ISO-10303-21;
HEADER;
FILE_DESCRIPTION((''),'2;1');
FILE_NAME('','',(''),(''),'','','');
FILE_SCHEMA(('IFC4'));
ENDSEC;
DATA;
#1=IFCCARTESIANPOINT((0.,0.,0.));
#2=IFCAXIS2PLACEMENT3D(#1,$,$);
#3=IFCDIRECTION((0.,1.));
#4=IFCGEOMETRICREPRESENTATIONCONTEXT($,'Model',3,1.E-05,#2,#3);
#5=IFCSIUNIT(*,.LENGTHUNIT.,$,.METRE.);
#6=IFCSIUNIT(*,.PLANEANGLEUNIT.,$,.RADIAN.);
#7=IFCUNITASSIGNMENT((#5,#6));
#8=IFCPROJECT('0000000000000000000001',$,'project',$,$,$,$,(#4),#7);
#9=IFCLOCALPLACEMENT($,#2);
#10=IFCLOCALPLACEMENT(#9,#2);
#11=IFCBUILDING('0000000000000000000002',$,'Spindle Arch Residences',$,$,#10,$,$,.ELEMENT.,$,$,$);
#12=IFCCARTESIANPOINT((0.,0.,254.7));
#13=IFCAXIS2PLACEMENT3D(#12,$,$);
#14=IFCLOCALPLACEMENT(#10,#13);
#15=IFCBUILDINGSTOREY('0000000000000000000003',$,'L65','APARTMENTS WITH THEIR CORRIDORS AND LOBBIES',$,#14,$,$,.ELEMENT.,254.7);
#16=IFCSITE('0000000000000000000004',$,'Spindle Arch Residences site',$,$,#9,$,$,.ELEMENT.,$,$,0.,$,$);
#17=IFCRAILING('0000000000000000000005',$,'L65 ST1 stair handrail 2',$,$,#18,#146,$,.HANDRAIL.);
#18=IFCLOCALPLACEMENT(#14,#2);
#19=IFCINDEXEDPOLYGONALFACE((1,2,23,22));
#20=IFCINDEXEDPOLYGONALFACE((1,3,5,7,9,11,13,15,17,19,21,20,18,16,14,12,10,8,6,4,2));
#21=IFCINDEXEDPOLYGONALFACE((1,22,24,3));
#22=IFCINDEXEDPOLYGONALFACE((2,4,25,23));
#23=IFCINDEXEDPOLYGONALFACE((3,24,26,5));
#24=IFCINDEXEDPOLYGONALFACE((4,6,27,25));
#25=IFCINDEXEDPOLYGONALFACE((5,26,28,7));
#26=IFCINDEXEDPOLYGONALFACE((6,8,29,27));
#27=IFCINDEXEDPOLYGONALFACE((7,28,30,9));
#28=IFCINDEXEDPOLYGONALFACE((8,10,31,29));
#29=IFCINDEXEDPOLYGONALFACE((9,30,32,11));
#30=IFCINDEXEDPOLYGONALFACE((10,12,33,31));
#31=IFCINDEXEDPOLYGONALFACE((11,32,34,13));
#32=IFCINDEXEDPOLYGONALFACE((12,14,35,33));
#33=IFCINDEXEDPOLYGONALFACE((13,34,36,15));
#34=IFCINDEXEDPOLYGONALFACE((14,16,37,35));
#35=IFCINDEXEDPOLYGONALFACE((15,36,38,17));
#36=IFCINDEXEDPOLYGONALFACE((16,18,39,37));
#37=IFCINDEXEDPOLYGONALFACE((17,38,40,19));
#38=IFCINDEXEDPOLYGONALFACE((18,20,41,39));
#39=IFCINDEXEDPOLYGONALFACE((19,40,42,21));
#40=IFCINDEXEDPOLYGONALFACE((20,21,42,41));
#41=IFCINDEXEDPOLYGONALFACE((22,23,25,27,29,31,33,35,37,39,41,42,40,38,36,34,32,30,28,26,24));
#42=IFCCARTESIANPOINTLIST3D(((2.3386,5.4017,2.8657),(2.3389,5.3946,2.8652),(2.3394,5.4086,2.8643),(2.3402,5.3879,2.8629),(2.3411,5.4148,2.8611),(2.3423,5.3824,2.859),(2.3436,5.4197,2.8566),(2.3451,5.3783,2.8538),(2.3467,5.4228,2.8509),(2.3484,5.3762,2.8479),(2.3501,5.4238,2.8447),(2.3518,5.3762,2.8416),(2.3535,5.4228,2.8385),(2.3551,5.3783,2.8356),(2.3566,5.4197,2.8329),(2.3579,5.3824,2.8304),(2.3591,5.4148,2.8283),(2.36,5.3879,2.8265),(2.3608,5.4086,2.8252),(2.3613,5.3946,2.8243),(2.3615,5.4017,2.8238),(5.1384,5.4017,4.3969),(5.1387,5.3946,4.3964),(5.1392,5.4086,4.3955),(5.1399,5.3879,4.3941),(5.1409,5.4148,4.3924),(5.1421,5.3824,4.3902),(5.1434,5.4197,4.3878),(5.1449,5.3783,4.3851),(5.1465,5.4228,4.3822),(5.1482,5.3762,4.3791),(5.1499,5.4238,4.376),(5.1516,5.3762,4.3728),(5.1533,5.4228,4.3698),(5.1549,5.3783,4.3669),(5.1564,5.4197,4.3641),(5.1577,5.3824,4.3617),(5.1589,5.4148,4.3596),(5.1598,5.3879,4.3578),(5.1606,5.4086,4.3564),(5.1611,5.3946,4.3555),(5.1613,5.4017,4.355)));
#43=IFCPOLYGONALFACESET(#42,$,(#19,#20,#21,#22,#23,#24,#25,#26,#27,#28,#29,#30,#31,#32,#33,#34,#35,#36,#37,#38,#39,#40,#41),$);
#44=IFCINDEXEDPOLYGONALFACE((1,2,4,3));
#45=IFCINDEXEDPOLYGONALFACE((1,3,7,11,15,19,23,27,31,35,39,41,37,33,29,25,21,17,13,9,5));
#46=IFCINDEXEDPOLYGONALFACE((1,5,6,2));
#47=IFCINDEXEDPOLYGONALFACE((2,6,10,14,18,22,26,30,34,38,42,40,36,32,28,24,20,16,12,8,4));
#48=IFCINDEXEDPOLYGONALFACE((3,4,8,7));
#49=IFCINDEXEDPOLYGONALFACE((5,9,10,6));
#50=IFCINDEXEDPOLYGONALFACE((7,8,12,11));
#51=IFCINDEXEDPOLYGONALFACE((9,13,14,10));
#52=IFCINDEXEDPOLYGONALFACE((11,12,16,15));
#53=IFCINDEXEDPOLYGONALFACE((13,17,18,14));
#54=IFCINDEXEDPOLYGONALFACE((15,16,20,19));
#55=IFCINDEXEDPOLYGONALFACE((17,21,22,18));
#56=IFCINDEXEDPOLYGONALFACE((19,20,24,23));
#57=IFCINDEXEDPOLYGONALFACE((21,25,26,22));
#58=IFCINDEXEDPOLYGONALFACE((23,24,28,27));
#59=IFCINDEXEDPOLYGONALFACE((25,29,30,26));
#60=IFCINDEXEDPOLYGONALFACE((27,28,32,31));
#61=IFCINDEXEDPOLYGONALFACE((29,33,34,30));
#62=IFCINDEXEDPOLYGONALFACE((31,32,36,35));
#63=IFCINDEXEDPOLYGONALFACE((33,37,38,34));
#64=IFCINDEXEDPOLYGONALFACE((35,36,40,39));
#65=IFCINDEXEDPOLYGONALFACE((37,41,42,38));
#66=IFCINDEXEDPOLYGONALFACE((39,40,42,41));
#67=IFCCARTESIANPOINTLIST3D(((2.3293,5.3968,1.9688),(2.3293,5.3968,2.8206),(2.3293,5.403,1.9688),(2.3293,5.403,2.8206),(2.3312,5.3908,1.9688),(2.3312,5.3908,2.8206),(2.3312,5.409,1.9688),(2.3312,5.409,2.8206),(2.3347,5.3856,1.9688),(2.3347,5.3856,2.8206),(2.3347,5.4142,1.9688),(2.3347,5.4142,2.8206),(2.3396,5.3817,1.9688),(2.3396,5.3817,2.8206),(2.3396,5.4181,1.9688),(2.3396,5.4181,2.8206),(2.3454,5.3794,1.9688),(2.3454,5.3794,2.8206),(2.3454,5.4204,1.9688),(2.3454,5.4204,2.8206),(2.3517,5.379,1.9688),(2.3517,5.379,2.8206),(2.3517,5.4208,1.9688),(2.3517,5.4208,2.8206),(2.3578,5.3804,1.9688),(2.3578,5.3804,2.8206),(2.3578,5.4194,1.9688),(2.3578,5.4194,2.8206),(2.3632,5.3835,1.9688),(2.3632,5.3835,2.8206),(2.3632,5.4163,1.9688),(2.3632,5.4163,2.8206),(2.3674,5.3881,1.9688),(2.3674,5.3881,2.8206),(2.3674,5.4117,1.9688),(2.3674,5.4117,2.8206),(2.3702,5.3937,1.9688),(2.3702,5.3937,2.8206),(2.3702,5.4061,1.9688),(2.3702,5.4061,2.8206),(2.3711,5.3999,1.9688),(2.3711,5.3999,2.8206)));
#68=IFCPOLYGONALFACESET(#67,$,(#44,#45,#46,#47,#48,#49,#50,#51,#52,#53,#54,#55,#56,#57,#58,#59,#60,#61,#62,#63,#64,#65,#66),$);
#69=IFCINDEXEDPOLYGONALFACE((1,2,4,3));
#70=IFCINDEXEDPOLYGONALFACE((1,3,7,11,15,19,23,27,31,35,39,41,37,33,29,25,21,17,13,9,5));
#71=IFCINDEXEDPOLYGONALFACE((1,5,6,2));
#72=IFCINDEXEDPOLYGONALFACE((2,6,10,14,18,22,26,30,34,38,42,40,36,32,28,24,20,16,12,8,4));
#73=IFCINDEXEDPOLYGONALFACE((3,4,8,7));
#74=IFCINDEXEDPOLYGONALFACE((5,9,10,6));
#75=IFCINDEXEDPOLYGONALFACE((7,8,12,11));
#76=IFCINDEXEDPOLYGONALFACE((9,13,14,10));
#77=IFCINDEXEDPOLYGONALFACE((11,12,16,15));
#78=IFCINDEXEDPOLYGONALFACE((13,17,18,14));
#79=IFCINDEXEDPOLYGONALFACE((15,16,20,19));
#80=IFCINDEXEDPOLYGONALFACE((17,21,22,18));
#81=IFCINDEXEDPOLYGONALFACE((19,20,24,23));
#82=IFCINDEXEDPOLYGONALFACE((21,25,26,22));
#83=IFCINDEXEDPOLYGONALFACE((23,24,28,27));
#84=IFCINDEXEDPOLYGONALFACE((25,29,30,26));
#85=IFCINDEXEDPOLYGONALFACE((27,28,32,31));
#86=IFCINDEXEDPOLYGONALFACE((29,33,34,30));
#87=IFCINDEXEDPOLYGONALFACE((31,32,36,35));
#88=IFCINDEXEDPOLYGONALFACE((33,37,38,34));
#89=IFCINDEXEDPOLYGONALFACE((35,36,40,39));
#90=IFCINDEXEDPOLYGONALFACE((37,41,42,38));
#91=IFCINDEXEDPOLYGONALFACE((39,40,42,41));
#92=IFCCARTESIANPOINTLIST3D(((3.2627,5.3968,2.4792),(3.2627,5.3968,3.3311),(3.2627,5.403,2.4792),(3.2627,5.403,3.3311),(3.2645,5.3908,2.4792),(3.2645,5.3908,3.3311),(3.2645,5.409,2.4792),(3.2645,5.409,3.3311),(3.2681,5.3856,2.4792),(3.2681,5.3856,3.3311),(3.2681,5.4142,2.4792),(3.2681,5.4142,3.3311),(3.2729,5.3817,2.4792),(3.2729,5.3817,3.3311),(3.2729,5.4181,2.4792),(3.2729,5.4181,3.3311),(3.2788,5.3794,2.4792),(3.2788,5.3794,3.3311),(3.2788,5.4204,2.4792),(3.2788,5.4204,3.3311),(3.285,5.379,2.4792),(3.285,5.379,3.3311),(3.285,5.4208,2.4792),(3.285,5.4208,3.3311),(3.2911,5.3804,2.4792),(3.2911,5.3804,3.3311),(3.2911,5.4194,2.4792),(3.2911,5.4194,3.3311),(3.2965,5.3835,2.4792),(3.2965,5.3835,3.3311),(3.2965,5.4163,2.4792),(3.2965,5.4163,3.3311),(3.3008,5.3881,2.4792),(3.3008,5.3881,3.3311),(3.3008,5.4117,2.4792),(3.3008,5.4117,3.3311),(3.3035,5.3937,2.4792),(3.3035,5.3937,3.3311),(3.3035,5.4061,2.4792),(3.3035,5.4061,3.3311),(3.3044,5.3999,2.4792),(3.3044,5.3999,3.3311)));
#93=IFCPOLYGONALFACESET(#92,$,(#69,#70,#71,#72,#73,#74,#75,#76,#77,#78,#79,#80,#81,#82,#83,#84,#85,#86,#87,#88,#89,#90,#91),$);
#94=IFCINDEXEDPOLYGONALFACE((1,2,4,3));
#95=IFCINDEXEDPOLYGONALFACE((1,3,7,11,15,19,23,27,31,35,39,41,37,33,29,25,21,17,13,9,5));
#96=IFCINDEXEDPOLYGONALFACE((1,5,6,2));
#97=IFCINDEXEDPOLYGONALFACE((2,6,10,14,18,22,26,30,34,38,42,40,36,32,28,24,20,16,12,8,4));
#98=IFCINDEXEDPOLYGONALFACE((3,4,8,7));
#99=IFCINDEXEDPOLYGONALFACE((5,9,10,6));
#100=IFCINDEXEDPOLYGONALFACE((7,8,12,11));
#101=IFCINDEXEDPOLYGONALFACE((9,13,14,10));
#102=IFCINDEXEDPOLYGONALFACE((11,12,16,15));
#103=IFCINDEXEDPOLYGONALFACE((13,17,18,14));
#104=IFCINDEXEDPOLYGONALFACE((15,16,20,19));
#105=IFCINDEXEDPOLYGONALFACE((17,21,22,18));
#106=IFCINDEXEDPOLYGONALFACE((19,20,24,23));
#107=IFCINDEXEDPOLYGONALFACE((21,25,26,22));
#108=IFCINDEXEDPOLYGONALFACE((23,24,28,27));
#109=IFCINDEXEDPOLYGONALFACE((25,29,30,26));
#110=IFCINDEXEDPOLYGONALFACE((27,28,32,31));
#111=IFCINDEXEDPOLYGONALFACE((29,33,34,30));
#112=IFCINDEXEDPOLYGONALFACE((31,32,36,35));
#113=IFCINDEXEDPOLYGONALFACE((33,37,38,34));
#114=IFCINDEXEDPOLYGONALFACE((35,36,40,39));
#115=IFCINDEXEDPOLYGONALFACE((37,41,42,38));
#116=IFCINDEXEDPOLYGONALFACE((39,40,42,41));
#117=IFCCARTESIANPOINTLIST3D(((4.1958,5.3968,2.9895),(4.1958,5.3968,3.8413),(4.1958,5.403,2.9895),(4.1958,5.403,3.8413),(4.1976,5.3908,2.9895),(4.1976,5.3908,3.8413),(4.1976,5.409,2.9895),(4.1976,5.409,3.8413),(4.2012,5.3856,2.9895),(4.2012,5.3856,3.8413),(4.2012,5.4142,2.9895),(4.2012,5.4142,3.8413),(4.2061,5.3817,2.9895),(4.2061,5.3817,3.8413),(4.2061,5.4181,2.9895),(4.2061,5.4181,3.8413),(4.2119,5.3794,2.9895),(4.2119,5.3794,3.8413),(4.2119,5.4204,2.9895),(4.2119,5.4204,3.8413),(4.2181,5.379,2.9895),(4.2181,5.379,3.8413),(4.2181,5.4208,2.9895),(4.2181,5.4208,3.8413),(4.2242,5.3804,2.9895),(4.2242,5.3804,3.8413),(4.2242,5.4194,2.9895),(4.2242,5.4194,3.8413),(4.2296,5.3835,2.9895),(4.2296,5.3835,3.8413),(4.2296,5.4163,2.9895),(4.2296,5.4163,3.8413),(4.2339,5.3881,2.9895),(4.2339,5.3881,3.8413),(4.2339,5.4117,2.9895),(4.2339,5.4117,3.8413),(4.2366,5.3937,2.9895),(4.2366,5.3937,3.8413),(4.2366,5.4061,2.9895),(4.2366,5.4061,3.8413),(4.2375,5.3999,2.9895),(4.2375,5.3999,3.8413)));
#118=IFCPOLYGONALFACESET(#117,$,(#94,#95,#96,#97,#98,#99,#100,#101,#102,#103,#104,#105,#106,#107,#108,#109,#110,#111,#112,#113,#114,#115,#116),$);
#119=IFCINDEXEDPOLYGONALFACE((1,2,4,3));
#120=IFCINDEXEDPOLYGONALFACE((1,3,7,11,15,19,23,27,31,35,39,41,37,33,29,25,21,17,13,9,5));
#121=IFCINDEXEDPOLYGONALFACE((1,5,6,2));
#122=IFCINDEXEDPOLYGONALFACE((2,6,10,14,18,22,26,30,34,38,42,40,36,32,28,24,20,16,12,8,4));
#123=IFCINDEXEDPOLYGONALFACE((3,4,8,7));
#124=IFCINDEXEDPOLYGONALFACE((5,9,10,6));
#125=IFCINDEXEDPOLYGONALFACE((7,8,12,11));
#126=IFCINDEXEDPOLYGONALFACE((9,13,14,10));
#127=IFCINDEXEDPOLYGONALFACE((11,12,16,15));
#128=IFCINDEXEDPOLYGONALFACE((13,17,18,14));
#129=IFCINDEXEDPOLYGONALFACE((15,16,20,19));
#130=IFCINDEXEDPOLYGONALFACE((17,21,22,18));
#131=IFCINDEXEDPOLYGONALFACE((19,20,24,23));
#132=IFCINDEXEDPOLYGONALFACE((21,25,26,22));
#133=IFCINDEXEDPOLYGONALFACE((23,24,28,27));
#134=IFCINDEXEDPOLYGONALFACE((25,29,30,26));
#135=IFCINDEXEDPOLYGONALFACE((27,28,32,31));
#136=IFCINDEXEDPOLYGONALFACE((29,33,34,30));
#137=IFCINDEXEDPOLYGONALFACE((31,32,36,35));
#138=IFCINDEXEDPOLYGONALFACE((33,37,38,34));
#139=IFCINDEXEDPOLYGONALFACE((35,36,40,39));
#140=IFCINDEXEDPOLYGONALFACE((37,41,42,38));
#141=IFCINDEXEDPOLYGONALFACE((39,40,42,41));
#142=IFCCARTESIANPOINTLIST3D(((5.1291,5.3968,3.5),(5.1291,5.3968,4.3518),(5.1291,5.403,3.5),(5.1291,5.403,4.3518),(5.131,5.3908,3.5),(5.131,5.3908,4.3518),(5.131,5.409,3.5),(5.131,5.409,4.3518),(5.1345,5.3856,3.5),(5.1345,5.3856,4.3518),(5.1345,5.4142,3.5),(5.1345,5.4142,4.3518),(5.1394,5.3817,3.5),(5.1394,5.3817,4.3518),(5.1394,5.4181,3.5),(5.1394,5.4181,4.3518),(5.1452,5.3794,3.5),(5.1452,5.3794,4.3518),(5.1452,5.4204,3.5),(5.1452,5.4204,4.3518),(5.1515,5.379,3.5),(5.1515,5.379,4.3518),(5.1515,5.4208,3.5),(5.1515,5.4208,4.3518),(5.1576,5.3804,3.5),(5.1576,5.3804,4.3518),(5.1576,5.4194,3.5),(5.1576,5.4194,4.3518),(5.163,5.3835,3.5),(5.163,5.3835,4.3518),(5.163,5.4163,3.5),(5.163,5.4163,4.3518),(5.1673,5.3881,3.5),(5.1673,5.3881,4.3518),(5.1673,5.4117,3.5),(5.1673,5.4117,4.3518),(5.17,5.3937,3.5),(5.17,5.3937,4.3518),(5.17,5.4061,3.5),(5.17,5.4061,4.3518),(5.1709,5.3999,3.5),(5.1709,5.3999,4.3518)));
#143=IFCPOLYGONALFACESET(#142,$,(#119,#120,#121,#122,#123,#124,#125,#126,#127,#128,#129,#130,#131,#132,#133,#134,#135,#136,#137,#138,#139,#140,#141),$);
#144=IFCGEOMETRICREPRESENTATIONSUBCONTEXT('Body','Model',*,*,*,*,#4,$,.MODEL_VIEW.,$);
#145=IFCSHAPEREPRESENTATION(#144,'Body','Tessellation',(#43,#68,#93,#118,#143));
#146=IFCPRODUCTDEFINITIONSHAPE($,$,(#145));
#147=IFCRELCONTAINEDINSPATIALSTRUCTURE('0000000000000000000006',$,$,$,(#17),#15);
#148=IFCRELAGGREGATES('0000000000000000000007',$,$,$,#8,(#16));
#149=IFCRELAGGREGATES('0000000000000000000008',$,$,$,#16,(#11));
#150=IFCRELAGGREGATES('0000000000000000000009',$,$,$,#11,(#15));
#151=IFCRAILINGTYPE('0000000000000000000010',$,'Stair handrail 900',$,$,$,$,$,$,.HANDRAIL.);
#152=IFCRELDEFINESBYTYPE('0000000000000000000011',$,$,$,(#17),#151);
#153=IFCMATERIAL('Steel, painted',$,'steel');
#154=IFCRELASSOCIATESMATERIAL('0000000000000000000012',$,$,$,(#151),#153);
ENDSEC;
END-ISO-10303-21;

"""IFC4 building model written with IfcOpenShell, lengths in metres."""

from ifc_helpers import new_model, si_unit, direction, frame, origin, origin_2d, place, context, subcontext, project, spatial, circle, extrude, material, type_object, element, save


model = new_model("IFC4")

# Units and contexts
model_context = context("Model", 3, precision=1e-05, world=origin(), true_north=direction((0.0, 1.0)))
body_context = subcontext(model_context, "Body", "Model", "MODEL_VIEW")
ifc_project = project(units=[si_unit("LENGTHUNIT", "METRE"), si_unit("PLANEANGLEUNIT", "RADIAN")], contexts=[model_context])

# Site, building, storey
site_placement = place(None, origin())
site = spatial("IfcSite", under=ifc_project, at=site_placement, Name="Spindle Arch Residences site", CompositionType="ELEMENT", RefElevation=0.0)
building_placement = place(site_placement, origin())
building = spatial("IfcBuilding", under=site, at=building_placement, Name="Spindle Arch Residences", CompositionType="ELEMENT")
storey_placement = place(building_placement, frame((0.0, 0.0, 254.7)))
storey = spatial("IfcBuildingStorey", under=building, at=storey_placement, Name="L65", Description="APARTMENTS WITH THEIR CORRIDORS AND LOBBIES", CompositionType="ELEMENT", Elevation=254.7)

# Railing
ifc_material_1 = material(Name="Steel, painted", Category="steel")
railing_type_1 = type_object("IfcRailingType", Name="Stair handrail 900", PredefinedType="HANDRAIL", material=ifc_material_1)
railing_1_placement = place(storey_placement, frame((2.3501, 5.3999, 1.9688)))
element("IfcRailing", 1, at=railing_1_placement, inside=storey, type_object=railing_type_1, Name="L65 ST1 stair handrail 2", PredefinedType="HANDRAIL", context=body_context, shape_type="SweptSolid", body=[
    extrude(circle(Radius=0.0239, at=origin_2d()), frame((0.0, 0.0, 0.876), z_axis=(0.877357, 0.0, 0.479838), x_axis=(0.0, 1.0, 0.0)), (0.0, 0.0, 1.0), 3.1912),
    extrude(circle(Radius=0.021, at=origin_2d()), origin(), (0.0, 0.0, 1.0), 0.8518),
    extrude(circle(Radius=0.021, at=origin_2d()), frame((0.9333, 0.0, 0.5105)), (0.0, 0.0, 1.0), 0.8518),
    extrude(circle(Radius=0.021, at=origin_2d()), frame((1.8665, 0.0, 1.0208)), (0.0, 0.0, 1.0), 0.8518),
    extrude(circle(Radius=0.021, at=origin_2d()), frame((2.7998, 0.0, 1.5312)), (0.0, 0.0, 1.0), 0.8518),
])

save(model, "model.ifc")
